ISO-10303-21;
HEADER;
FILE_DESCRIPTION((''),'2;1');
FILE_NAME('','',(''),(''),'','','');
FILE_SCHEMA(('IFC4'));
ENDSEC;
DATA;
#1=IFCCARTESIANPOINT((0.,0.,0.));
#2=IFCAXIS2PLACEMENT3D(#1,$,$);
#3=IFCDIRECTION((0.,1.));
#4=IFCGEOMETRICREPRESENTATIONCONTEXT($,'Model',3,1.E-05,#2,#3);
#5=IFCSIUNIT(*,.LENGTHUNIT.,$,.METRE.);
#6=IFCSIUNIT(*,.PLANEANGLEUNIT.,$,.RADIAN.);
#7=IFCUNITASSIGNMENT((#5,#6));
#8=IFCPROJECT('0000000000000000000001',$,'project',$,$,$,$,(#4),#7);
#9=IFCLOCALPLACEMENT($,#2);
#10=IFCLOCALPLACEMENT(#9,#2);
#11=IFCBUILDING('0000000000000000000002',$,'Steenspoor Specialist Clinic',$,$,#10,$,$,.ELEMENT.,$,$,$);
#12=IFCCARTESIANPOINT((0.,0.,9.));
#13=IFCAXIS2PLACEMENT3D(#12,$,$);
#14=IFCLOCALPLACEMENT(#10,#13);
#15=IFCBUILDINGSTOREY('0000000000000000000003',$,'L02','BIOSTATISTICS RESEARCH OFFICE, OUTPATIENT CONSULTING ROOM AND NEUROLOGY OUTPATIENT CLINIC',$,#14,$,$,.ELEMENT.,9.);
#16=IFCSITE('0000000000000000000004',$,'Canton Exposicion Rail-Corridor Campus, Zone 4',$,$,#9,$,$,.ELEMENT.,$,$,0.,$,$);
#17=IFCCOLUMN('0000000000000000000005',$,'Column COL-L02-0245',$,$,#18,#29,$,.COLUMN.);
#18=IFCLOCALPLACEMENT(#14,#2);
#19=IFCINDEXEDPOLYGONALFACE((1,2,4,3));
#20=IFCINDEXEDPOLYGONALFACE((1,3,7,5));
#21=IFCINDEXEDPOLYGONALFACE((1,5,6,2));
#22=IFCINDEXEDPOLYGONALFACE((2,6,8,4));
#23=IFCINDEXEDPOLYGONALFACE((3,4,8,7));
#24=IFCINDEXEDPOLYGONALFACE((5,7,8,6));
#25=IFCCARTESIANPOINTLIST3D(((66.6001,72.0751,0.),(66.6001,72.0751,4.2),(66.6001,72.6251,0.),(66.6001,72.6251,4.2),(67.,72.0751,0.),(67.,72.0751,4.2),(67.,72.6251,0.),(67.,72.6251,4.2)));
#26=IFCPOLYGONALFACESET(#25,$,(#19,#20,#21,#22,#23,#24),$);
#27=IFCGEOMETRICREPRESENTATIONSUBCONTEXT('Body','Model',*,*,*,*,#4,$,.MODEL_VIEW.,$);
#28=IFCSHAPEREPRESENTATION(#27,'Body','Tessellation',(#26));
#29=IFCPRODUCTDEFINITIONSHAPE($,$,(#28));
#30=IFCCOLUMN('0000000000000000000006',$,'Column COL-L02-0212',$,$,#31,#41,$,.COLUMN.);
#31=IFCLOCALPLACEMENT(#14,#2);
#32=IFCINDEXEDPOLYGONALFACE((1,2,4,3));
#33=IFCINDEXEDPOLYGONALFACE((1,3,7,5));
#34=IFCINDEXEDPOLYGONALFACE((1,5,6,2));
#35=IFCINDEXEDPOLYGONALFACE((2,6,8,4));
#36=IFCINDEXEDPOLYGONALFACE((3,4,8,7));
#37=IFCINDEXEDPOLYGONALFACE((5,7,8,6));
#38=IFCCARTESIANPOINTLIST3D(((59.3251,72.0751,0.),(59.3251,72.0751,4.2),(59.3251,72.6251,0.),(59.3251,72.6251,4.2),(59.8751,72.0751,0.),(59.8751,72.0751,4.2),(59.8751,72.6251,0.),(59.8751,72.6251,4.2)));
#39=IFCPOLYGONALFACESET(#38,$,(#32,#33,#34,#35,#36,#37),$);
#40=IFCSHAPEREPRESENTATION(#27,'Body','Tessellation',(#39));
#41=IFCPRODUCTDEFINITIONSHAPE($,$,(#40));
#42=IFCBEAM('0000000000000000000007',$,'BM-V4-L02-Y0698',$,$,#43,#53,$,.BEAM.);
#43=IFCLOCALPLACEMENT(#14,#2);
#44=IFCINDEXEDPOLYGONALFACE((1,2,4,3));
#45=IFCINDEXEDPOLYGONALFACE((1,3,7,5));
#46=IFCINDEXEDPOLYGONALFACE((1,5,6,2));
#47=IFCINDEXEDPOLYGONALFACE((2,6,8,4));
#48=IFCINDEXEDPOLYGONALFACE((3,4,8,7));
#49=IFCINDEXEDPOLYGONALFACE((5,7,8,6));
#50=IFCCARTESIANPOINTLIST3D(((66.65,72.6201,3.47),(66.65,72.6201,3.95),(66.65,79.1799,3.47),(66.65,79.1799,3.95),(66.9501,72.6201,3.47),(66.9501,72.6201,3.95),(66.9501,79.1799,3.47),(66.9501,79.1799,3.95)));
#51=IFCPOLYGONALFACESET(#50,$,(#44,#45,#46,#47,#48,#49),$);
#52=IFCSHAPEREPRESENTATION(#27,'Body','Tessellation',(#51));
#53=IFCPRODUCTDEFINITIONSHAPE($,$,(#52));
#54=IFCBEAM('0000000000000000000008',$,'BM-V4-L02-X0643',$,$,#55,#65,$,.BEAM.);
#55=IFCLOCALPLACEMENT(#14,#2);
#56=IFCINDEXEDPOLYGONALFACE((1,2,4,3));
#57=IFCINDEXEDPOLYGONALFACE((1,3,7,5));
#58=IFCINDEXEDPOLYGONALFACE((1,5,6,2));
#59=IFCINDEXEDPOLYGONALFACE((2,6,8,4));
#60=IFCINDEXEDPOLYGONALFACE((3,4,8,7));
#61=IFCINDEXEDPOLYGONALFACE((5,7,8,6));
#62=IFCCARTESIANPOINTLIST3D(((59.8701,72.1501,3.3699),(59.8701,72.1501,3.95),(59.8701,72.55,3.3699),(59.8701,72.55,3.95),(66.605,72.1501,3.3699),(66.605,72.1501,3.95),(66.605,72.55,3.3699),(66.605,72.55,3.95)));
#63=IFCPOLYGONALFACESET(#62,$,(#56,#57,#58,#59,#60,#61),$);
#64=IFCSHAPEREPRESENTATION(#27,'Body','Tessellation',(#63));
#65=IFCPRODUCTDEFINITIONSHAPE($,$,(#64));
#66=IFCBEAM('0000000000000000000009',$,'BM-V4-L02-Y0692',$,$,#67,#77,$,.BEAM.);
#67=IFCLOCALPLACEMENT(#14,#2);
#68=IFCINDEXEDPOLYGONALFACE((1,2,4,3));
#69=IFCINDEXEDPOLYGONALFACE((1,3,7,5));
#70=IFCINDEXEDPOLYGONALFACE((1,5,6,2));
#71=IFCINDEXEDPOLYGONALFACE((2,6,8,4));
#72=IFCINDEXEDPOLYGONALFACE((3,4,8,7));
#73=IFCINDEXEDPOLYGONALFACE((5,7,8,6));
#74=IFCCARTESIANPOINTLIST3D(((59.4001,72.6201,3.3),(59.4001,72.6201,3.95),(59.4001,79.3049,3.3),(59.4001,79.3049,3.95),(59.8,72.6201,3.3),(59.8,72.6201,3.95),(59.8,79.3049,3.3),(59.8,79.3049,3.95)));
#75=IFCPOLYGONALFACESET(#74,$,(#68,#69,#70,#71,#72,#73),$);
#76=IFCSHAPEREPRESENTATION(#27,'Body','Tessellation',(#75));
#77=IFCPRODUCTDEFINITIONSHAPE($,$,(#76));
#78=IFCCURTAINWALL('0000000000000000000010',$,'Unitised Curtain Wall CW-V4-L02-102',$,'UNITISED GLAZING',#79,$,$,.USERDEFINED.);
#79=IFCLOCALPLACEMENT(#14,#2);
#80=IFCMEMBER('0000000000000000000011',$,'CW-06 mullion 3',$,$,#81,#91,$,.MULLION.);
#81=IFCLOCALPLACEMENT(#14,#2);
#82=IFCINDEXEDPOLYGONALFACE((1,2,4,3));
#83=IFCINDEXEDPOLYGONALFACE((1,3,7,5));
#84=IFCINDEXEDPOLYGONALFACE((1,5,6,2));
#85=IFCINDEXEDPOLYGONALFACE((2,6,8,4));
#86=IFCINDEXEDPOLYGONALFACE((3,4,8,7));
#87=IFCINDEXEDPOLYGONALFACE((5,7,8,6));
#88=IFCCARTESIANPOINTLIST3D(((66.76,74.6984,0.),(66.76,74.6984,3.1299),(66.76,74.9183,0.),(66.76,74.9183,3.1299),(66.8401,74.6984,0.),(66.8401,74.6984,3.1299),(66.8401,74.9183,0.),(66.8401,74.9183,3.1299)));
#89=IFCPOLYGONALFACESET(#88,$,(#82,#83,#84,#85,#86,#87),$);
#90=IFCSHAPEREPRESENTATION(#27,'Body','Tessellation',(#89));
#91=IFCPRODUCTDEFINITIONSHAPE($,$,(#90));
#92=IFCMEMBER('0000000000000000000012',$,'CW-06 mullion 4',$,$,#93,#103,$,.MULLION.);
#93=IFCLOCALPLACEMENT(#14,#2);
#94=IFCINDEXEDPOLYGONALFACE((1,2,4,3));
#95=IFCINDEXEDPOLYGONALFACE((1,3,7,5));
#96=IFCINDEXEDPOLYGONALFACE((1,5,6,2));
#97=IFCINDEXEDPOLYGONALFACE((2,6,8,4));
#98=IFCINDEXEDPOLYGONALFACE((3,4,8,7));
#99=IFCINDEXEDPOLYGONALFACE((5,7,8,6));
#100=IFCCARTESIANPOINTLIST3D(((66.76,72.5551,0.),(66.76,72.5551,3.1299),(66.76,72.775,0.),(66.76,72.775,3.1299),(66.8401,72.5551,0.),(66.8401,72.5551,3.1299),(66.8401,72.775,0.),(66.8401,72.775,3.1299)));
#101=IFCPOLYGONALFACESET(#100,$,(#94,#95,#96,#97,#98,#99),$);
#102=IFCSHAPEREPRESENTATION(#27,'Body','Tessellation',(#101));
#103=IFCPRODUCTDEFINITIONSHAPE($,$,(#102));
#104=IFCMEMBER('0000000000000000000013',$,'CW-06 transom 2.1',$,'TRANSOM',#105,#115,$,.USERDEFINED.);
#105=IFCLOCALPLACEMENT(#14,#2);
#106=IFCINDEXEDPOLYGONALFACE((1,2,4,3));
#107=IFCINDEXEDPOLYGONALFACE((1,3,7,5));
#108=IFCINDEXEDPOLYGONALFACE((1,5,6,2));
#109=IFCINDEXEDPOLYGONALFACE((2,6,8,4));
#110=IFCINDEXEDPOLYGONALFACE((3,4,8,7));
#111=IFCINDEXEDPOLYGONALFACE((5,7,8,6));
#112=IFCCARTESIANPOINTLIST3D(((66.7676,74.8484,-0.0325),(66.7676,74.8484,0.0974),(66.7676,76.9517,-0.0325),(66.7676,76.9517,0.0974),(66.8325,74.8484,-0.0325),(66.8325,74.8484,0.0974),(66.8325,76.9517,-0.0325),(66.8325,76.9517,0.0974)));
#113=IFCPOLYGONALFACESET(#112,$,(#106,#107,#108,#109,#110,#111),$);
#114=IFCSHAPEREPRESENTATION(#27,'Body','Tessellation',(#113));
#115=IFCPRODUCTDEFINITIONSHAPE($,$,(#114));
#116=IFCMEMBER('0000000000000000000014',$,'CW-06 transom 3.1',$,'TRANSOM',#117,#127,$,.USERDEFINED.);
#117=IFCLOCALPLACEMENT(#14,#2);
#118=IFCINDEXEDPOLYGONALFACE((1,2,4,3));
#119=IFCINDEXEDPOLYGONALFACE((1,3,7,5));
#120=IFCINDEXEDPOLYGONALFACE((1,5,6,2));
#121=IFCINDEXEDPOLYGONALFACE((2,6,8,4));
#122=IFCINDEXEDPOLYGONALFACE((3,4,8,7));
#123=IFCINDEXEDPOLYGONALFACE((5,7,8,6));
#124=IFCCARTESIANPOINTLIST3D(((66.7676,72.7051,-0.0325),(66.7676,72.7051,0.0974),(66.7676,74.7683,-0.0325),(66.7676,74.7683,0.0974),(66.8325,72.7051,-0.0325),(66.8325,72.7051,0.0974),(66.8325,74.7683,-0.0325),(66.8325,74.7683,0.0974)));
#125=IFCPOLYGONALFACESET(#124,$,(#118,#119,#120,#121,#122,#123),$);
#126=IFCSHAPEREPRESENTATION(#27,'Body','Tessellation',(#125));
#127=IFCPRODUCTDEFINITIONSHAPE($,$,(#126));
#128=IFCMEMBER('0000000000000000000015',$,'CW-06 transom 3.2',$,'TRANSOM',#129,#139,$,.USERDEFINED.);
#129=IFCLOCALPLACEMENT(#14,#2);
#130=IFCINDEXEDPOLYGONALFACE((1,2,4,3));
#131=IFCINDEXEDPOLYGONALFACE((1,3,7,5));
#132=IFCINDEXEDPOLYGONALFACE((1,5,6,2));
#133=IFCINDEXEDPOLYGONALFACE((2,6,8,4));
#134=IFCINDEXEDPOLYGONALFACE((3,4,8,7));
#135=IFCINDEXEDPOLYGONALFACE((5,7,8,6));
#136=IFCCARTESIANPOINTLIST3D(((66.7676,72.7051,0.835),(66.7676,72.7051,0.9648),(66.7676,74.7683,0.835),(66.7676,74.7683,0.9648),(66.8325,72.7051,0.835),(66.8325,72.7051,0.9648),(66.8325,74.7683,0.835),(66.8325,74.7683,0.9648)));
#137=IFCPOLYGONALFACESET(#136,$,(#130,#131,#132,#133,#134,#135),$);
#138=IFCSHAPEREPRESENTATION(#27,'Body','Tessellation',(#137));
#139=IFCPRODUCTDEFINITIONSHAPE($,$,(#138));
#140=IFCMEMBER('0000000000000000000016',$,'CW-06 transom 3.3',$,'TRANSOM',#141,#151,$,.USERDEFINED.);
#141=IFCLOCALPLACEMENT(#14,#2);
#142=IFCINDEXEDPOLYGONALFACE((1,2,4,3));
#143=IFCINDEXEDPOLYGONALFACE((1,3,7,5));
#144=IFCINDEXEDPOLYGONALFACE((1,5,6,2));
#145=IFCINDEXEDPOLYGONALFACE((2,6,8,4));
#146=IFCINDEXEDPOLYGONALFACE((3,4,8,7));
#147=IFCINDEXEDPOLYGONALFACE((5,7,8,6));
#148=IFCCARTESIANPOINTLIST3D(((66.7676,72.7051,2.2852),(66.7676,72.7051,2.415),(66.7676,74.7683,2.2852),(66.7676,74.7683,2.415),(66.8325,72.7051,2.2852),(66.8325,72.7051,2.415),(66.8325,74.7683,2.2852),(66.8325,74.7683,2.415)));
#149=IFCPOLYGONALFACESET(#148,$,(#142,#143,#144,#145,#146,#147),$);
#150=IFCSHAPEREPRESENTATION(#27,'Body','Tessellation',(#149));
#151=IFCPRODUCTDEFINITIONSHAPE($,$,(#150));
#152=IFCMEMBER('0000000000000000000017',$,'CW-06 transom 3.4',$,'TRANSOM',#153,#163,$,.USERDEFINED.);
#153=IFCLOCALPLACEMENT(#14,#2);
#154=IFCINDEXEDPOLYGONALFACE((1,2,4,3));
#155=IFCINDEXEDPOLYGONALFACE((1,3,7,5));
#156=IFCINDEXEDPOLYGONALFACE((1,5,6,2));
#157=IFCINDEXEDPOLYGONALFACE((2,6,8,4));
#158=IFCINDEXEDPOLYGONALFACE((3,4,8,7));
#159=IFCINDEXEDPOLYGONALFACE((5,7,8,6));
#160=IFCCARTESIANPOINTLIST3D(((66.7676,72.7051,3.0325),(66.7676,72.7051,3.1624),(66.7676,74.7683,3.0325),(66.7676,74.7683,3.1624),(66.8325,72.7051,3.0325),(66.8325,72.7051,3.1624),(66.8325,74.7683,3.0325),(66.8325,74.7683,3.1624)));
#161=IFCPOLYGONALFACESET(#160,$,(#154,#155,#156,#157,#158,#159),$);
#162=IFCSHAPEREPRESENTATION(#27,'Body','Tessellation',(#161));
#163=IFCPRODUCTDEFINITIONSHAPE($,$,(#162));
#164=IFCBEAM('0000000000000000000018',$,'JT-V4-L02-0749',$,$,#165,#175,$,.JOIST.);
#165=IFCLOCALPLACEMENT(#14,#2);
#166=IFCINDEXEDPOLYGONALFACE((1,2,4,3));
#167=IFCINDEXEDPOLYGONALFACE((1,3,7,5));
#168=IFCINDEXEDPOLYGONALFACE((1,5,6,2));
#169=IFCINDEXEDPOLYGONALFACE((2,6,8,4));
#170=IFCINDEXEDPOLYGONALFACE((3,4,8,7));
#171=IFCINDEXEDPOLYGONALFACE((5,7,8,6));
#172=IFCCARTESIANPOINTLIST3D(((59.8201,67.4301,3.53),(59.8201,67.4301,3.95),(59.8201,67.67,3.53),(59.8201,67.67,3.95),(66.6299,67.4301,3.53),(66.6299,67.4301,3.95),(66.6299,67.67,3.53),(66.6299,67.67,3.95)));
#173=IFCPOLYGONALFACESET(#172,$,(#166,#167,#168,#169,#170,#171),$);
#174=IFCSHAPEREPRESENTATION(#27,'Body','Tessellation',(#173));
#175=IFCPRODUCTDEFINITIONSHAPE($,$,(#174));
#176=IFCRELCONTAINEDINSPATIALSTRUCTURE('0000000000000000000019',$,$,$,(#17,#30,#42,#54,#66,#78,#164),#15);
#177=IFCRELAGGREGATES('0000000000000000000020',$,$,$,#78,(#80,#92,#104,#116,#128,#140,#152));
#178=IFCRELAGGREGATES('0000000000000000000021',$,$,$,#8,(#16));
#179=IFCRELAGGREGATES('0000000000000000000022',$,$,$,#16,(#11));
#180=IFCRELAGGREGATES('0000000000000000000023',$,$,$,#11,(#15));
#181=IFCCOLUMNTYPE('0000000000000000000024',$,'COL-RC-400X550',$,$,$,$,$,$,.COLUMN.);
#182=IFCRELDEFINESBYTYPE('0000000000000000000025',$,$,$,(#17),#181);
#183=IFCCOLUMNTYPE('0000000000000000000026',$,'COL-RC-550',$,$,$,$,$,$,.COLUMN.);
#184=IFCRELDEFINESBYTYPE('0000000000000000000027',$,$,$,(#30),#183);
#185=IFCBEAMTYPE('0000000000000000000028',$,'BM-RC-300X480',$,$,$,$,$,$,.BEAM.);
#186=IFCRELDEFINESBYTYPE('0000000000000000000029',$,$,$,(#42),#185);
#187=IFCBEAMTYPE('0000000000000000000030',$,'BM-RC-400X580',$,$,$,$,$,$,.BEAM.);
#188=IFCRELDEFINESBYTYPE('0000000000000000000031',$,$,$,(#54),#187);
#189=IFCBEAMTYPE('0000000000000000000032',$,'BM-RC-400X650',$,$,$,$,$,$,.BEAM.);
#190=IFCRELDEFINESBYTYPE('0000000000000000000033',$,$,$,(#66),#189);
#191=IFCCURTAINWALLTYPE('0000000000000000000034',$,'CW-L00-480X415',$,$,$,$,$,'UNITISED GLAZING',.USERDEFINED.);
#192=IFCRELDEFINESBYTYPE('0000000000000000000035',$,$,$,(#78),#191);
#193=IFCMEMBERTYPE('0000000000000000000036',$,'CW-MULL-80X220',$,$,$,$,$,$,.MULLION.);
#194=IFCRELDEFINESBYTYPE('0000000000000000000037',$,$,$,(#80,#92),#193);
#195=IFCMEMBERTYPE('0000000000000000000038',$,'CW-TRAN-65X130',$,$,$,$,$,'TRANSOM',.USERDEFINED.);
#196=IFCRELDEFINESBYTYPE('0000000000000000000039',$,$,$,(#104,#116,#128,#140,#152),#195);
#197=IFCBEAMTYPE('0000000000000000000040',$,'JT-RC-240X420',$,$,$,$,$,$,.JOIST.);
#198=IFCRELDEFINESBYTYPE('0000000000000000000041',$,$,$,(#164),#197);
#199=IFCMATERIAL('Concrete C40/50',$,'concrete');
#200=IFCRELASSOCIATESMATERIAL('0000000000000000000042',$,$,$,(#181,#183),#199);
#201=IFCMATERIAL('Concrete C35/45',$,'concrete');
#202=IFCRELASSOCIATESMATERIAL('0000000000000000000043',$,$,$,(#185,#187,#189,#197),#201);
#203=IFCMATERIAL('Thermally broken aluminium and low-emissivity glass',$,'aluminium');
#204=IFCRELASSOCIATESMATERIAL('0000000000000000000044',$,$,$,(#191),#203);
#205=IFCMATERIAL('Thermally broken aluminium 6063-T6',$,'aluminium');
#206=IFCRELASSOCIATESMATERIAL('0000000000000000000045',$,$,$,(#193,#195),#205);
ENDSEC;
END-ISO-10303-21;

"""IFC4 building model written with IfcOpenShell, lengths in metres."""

from ifc_helpers import new_model, si_unit, direction, frame, origin, origin_2d, place, context, subcontext, project, spatial, rectangle, extrude, material, material_profile, profile_set, type_object, element, aggregate, save


model = new_model("IFC4")

# Units and contexts
model_context = context("Model", 3, precision=1e-05, world=origin(), true_north=direction((0.0, 1.0)))
body_context = subcontext(model_context, "Body", "Model", "MODEL_VIEW")
ifc_project = project(units=[si_unit("LENGTHUNIT", "METRE"), si_unit("PLANEANGLEUNIT", "RADIAN")], contexts=[model_context])

# Site, building, storey
site_placement = place(None, origin())
site = spatial("IfcSite", under=ifc_project, at=site_placement, Name="Canton Exposicion Rail-Corridor Campus, Zone 4", CompositionType="ELEMENT", RefElevation=0.0)
building_placement = place(site_placement, origin())
building = spatial("IfcBuilding", under=site, at=building_placement, Name="Steenspoor Specialist Clinic", CompositionType="ELEMENT")
storey_placement = place(building_placement, frame((0.0, 0.0, 9.0)))
storey = spatial("IfcBuildingStorey", under=building, at=storey_placement, Name="L02", Description="BIOSTATISTICS RESEARCH OFFICE, OUTPATIENT CONSULTING ROOM AND NEUROLOGY OUTPATIENT CLINIC", CompositionType="ELEMENT", Elevation=9.0)

# Columns
ifc_material_1 = material(Name="Concrete C40/50", Category="concrete")
ifc_material_profile_1 = material_profile(ifc_material_1, rectangle(XDim=0.3999, YDim=0.55, at=origin_2d()), Name="RC-COL-400X550")
ifc_profile_set_1 = profile_set([ifc_material_profile_1], Name="Concrete C40/50")
column_type_1 = type_object("IfcColumnType", Name="COL-RC-400X550", PredefinedType="COLUMN", material=ifc_profile_set_1)
column_1_placement = place(storey_placement, frame((66.8, 72.3501, 0.0), z_axis=(0.0, 0.0, 1.0), x_axis=(1.0, 0.0, 0.0)))
element("IfcColumn", 1, at=column_1_placement, inside=storey, type_object=column_type_1, Name="Column COL-L02-0245", PredefinedType="COLUMN", context=body_context, shape_type="SweptSolid", body=[
    extrude(rectangle(XDim=0.3999, YDim=0.55, at=origin_2d()), origin(), (0.0, 0.0, 1.0), 4.2),
])
ifc_material_profile_2 = material_profile(ifc_material_1, rectangle(XDim=0.55, YDim=0.55, at=origin_2d()), Name="RC-COL-550X550")
ifc_profile_set_2 = profile_set([ifc_material_profile_2], Name="Concrete C40/50")
column_type_2 = type_object("IfcColumnType", Name="COL-RC-550", PredefinedType="COLUMN", material=ifc_profile_set_2)
column_2_placement = place(storey_placement, frame((59.6001, 72.3501, 0.0), z_axis=(0.0, 0.0, 1.0), x_axis=(1.0, 0.0, 0.0)))
element("IfcColumn", 2, at=column_2_placement, inside=storey, type_object=column_type_2, Name="Column COL-L02-0212", PredefinedType="COLUMN", context=body_context, shape_type="SweptSolid", body=[
    extrude(rectangle(XDim=0.55, YDim=0.55, at=origin_2d()), origin(), (0.0, 0.0, 1.0), 4.2),
])

# Beams
ifc_material_2 = material(Name="Concrete C35/45", Category="concrete")
ifc_material_profile_3 = material_profile(ifc_material_2, rectangle(XDim=0.3, YDim=0.48, at=origin_2d()), Name="RC-BM-300X480")
ifc_profile_set_3 = profile_set([ifc_material_profile_3], Name="Concrete C35/45")
beam_type_1 = type_object("IfcBeamType", Name="BM-RC-300X480", PredefinedType="BEAM", material=ifc_profile_set_3)
beam_1_placement = place(storey_placement, frame((66.8, 72.6201, 3.71), z_axis=(0.0, 1.0, 0.0), x_axis=(-1.0, 0.0, 0.0)))
element("IfcBeam", 3, at=beam_1_placement, inside=storey, type_object=beam_type_1, Name="BM-V4-L02-Y0698", PredefinedType="BEAM", context=body_context, shape_type="SweptSolid", body=[
    extrude(rectangle(XDim=0.3, YDim=0.48, at=origin_2d()), origin(), (0.0, 0.0, 1.0), 6.5598),
])
ifc_material_profile_4 = material_profile(ifc_material_2, rectangle(XDim=0.3999, YDim=0.5801, at=origin_2d()), Name="RC-BM-400X580")
ifc_profile_set_4 = profile_set([ifc_material_profile_4], Name="Concrete C35/45")
beam_type_2 = type_object("IfcBeamType", Name="BM-RC-400X580", PredefinedType="BEAM", material=ifc_profile_set_4)
beam_2_placement = place(storey_placement, frame((59.8701, 72.3501, 3.6599), z_axis=(1.0, 0.0, 0.0), x_axis=(0.0, 1.0, 0.0)))
element("IfcBeam", 4, at=beam_2_placement, inside=storey, type_object=beam_type_2, Name="BM-V4-L02-X0643", PredefinedType="BEAM", context=body_context, shape_type="SweptSolid", body=[
    extrude(rectangle(XDim=0.3999, YDim=0.5801, at=origin_2d()), origin(), (0.0, 0.0, 1.0), 6.7349),
])
ifc_material_profile_5 = material_profile(ifc_material_2, rectangle(XDim=0.3999, YDim=0.6499, at=origin_2d()), Name="RC-BM-400X650")
ifc_profile_set_5 = profile_set([ifc_material_profile_5], Name="Concrete C35/45")
beam_type_3 = type_object("IfcBeamType", Name="BM-RC-400X650", PredefinedType="BEAM", material=ifc_profile_set_5)
beam_3_placement = place(storey_placement, frame((59.6001, 72.6201, 3.625), z_axis=(0.0, 1.0, 0.0), x_axis=(-1.0, 0.0, 0.0)))
element("IfcBeam", 5, at=beam_3_placement, inside=storey, type_object=beam_type_3, Name="BM-V4-L02-Y0692", PredefinedType="BEAM", context=body_context, shape_type="SweptSolid", body=[
    extrude(rectangle(XDim=0.3999, YDim=0.6499, at=origin_2d()), origin(), (0.0, 0.0, 1.0), 6.6848),
])

# Curtain wall, members
ifc_material_3 = material(Name="Thermally broken aluminium and low-emissivity glass", Category="aluminium")
curtain_wall_type = type_object("IfcCurtainWallType", Name="CW-L00-480X415", ElementType="UNITISED GLAZING", PredefinedType="USERDEFINED", material=ifc_material_3)
curtain_wall_placement = place(storey_placement, origin())
curtain_wall = element("IfcCurtainWall", 6, at=curtain_wall_placement, inside=storey, type_object=curtain_wall_type, Name="Unitised Curtain Wall CW-V4-L02-102", ObjectType="UNITISED GLAZING", PredefinedType="USERDEFINED")
ifc_material_4 = material(Name="Thermally broken aluminium 6063-T6", Category="aluminium")
ifc_material_profile_6 = material_profile(ifc_material_4, rectangle(XDim=0.0801, YDim=0.22, at=origin_2d()), Name="CWM-80X220")
ifc_profile_set_6 = profile_set([ifc_material_profile_6], Name="Thermally broken aluminium 6063-T6")
member_type_1 = type_object("IfcMemberType", Name="CW-MULL-80X220", PredefinedType="MULLION", material=ifc_profile_set_6)
member_1_placement = place(storey_placement, frame((66.8, 74.8083, 0.0), z_axis=(0.0, 0.0, 1.0), x_axis=(1.0, 0.0, 0.0)))
member_1 = element("IfcMember", 7, at=member_1_placement, type_object=member_type_1, Name="CW-06 mullion 3", PredefinedType="MULLION", context=body_context, shape_type="SweptSolid", body=[
    extrude(rectangle(XDim=0.0801, YDim=0.22, at=origin_2d()), origin(), (0.0, 0.0, 1.0), 3.1299),
])
member_2_placement = place(storey_placement, frame((66.8, 72.665, 0.0), z_axis=(0.0, 0.0, 1.0), x_axis=(1.0, 0.0, 0.0)))
member_2 = element("IfcMember", 8, at=member_2_placement, type_object=member_type_1, Name="CW-06 mullion 4", PredefinedType="MULLION", context=body_context, shape_type="SweptSolid", body=[
    extrude(rectangle(XDim=0.0801, YDim=0.22, at=origin_2d()), origin(), (0.0, 0.0, 1.0), 3.1299),
])
ifc_material_profile_7 = material_profile(ifc_material_4, rectangle(XDim=0.0649, YDim=0.1299, at=origin_2d()), Name="CWT-65X130")
ifc_profile_set_7 = profile_set([ifc_material_profile_7], Name="Thermally broken aluminium 6063-T6")
member_type_2 = type_object("IfcMemberType", Name="CW-TRAN-65X130", ElementType="TRANSOM", PredefinedType="USERDEFINED", material=ifc_profile_set_7)
member_3_placement = place(storey_placement, frame((66.8, 76.9517, 0.0325), z_axis=(0.0, -1.0, 0.0), x_axis=(1.0, 0.0, 0.0)))
member_3 = element("IfcMember", 9, at=member_3_placement, type_object=member_type_2, Name="CW-06 transom 2.1", ObjectType="TRANSOM", PredefinedType="USERDEFINED", context=body_context, shape_type="SweptSolid", body=[
    extrude(rectangle(XDim=0.0649, YDim=0.1299, at=origin_2d()), origin(), (0.0, 0.0, 1.0), 2.1033),
])
member_4_placement = place(storey_placement, frame((66.8, 74.7683, 0.0325), z_axis=(0.0, -1.0, 0.0), x_axis=(1.0, 0.0, 0.0)))
member_4 = element("IfcMember", 10, at=member_4_placement, type_object=member_type_2, Name="CW-06 transom 3.1", ObjectType="TRANSOM", PredefinedType="USERDEFINED", context=body_context, shape_type="SweptSolid", body=[
    extrude(rectangle(XDim=0.0649, YDim=0.1299, at=origin_2d()), origin(), (0.0, 0.0, 1.0), 2.0632),
])
member_5_placement = place(storey_placement, frame((66.8, 74.7683, 0.8999), z_axis=(0.0, -1.0, 0.0), x_axis=(1.0, 0.0, 0.0)))
member_5 = element("IfcMember", 11, at=member_5_placement, type_object=member_type_2, Name="CW-06 transom 3.2", ObjectType="TRANSOM", PredefinedType="USERDEFINED", context=body_context, shape_type="SweptSolid", body=[
    extrude(rectangle(XDim=0.0649, YDim=0.1299, at=origin_2d()), origin(), (0.0, 0.0, 1.0), 2.0632),
])
member_6_placement = place(storey_placement, frame((66.8, 74.7683, 2.3501), z_axis=(0.0, -1.0, 0.0), x_axis=(1.0, 0.0, 0.0)))
member_6 = element("IfcMember", 12, at=member_6_placement, type_object=member_type_2, Name="CW-06 transom 3.3", ObjectType="TRANSOM", PredefinedType="USERDEFINED", context=body_context, shape_type="SweptSolid", body=[
    extrude(rectangle(XDim=0.0649, YDim=0.1299, at=origin_2d()), origin(), (0.0, 0.0, 1.0), 2.0632),
])
member_7_placement = place(storey_placement, frame((66.8, 74.7683, 3.0974), z_axis=(0.0, -1.0, 0.0), x_axis=(1.0, 0.0, 0.0)))
member_7 = element("IfcMember", 13, at=member_7_placement, type_object=member_type_2, Name="CW-06 transom 3.4", ObjectType="TRANSOM", PredefinedType="USERDEFINED", context=body_context, shape_type="SweptSolid", body=[
    extrude(rectangle(XDim=0.0649, YDim=0.1299, at=origin_2d()), origin(), (0.0, 0.0, 1.0), 2.0632),
])

# Beam
ifc_material_profile_8 = material_profile(ifc_material_2, rectangle(XDim=0.24, YDim=0.4199, at=origin_2d()), Name="RC-JT-240X420")
ifc_profile_set_8 = profile_set([ifc_material_profile_8], Name="Concrete C35/45")
beam_type_4 = type_object("IfcBeamType", Name="JT-RC-240X420", PredefinedType="JOIST", material=ifc_profile_set_8)
beam_4_placement = place(storey_placement, frame((59.8201, 67.55, 3.74), z_axis=(1.0, 0.0, 0.0), x_axis=(0.0, 1.0, 0.0)))
element("IfcBeam", 14, at=beam_4_placement, inside=storey, type_object=beam_type_4, Name="JT-V4-L02-0749", PredefinedType="JOIST", context=body_context, shape_type="SweptSolid", body=[
    extrude(rectangle(XDim=0.24, YDim=0.4199, at=origin_2d()), origin(), (0.0, 0.0, 1.0), 6.8098),
])

aggregate(curtain_wall, [member_1, member_2, member_3, member_4, member_5, member_6, member_7])

save(model, "model.ifc")
